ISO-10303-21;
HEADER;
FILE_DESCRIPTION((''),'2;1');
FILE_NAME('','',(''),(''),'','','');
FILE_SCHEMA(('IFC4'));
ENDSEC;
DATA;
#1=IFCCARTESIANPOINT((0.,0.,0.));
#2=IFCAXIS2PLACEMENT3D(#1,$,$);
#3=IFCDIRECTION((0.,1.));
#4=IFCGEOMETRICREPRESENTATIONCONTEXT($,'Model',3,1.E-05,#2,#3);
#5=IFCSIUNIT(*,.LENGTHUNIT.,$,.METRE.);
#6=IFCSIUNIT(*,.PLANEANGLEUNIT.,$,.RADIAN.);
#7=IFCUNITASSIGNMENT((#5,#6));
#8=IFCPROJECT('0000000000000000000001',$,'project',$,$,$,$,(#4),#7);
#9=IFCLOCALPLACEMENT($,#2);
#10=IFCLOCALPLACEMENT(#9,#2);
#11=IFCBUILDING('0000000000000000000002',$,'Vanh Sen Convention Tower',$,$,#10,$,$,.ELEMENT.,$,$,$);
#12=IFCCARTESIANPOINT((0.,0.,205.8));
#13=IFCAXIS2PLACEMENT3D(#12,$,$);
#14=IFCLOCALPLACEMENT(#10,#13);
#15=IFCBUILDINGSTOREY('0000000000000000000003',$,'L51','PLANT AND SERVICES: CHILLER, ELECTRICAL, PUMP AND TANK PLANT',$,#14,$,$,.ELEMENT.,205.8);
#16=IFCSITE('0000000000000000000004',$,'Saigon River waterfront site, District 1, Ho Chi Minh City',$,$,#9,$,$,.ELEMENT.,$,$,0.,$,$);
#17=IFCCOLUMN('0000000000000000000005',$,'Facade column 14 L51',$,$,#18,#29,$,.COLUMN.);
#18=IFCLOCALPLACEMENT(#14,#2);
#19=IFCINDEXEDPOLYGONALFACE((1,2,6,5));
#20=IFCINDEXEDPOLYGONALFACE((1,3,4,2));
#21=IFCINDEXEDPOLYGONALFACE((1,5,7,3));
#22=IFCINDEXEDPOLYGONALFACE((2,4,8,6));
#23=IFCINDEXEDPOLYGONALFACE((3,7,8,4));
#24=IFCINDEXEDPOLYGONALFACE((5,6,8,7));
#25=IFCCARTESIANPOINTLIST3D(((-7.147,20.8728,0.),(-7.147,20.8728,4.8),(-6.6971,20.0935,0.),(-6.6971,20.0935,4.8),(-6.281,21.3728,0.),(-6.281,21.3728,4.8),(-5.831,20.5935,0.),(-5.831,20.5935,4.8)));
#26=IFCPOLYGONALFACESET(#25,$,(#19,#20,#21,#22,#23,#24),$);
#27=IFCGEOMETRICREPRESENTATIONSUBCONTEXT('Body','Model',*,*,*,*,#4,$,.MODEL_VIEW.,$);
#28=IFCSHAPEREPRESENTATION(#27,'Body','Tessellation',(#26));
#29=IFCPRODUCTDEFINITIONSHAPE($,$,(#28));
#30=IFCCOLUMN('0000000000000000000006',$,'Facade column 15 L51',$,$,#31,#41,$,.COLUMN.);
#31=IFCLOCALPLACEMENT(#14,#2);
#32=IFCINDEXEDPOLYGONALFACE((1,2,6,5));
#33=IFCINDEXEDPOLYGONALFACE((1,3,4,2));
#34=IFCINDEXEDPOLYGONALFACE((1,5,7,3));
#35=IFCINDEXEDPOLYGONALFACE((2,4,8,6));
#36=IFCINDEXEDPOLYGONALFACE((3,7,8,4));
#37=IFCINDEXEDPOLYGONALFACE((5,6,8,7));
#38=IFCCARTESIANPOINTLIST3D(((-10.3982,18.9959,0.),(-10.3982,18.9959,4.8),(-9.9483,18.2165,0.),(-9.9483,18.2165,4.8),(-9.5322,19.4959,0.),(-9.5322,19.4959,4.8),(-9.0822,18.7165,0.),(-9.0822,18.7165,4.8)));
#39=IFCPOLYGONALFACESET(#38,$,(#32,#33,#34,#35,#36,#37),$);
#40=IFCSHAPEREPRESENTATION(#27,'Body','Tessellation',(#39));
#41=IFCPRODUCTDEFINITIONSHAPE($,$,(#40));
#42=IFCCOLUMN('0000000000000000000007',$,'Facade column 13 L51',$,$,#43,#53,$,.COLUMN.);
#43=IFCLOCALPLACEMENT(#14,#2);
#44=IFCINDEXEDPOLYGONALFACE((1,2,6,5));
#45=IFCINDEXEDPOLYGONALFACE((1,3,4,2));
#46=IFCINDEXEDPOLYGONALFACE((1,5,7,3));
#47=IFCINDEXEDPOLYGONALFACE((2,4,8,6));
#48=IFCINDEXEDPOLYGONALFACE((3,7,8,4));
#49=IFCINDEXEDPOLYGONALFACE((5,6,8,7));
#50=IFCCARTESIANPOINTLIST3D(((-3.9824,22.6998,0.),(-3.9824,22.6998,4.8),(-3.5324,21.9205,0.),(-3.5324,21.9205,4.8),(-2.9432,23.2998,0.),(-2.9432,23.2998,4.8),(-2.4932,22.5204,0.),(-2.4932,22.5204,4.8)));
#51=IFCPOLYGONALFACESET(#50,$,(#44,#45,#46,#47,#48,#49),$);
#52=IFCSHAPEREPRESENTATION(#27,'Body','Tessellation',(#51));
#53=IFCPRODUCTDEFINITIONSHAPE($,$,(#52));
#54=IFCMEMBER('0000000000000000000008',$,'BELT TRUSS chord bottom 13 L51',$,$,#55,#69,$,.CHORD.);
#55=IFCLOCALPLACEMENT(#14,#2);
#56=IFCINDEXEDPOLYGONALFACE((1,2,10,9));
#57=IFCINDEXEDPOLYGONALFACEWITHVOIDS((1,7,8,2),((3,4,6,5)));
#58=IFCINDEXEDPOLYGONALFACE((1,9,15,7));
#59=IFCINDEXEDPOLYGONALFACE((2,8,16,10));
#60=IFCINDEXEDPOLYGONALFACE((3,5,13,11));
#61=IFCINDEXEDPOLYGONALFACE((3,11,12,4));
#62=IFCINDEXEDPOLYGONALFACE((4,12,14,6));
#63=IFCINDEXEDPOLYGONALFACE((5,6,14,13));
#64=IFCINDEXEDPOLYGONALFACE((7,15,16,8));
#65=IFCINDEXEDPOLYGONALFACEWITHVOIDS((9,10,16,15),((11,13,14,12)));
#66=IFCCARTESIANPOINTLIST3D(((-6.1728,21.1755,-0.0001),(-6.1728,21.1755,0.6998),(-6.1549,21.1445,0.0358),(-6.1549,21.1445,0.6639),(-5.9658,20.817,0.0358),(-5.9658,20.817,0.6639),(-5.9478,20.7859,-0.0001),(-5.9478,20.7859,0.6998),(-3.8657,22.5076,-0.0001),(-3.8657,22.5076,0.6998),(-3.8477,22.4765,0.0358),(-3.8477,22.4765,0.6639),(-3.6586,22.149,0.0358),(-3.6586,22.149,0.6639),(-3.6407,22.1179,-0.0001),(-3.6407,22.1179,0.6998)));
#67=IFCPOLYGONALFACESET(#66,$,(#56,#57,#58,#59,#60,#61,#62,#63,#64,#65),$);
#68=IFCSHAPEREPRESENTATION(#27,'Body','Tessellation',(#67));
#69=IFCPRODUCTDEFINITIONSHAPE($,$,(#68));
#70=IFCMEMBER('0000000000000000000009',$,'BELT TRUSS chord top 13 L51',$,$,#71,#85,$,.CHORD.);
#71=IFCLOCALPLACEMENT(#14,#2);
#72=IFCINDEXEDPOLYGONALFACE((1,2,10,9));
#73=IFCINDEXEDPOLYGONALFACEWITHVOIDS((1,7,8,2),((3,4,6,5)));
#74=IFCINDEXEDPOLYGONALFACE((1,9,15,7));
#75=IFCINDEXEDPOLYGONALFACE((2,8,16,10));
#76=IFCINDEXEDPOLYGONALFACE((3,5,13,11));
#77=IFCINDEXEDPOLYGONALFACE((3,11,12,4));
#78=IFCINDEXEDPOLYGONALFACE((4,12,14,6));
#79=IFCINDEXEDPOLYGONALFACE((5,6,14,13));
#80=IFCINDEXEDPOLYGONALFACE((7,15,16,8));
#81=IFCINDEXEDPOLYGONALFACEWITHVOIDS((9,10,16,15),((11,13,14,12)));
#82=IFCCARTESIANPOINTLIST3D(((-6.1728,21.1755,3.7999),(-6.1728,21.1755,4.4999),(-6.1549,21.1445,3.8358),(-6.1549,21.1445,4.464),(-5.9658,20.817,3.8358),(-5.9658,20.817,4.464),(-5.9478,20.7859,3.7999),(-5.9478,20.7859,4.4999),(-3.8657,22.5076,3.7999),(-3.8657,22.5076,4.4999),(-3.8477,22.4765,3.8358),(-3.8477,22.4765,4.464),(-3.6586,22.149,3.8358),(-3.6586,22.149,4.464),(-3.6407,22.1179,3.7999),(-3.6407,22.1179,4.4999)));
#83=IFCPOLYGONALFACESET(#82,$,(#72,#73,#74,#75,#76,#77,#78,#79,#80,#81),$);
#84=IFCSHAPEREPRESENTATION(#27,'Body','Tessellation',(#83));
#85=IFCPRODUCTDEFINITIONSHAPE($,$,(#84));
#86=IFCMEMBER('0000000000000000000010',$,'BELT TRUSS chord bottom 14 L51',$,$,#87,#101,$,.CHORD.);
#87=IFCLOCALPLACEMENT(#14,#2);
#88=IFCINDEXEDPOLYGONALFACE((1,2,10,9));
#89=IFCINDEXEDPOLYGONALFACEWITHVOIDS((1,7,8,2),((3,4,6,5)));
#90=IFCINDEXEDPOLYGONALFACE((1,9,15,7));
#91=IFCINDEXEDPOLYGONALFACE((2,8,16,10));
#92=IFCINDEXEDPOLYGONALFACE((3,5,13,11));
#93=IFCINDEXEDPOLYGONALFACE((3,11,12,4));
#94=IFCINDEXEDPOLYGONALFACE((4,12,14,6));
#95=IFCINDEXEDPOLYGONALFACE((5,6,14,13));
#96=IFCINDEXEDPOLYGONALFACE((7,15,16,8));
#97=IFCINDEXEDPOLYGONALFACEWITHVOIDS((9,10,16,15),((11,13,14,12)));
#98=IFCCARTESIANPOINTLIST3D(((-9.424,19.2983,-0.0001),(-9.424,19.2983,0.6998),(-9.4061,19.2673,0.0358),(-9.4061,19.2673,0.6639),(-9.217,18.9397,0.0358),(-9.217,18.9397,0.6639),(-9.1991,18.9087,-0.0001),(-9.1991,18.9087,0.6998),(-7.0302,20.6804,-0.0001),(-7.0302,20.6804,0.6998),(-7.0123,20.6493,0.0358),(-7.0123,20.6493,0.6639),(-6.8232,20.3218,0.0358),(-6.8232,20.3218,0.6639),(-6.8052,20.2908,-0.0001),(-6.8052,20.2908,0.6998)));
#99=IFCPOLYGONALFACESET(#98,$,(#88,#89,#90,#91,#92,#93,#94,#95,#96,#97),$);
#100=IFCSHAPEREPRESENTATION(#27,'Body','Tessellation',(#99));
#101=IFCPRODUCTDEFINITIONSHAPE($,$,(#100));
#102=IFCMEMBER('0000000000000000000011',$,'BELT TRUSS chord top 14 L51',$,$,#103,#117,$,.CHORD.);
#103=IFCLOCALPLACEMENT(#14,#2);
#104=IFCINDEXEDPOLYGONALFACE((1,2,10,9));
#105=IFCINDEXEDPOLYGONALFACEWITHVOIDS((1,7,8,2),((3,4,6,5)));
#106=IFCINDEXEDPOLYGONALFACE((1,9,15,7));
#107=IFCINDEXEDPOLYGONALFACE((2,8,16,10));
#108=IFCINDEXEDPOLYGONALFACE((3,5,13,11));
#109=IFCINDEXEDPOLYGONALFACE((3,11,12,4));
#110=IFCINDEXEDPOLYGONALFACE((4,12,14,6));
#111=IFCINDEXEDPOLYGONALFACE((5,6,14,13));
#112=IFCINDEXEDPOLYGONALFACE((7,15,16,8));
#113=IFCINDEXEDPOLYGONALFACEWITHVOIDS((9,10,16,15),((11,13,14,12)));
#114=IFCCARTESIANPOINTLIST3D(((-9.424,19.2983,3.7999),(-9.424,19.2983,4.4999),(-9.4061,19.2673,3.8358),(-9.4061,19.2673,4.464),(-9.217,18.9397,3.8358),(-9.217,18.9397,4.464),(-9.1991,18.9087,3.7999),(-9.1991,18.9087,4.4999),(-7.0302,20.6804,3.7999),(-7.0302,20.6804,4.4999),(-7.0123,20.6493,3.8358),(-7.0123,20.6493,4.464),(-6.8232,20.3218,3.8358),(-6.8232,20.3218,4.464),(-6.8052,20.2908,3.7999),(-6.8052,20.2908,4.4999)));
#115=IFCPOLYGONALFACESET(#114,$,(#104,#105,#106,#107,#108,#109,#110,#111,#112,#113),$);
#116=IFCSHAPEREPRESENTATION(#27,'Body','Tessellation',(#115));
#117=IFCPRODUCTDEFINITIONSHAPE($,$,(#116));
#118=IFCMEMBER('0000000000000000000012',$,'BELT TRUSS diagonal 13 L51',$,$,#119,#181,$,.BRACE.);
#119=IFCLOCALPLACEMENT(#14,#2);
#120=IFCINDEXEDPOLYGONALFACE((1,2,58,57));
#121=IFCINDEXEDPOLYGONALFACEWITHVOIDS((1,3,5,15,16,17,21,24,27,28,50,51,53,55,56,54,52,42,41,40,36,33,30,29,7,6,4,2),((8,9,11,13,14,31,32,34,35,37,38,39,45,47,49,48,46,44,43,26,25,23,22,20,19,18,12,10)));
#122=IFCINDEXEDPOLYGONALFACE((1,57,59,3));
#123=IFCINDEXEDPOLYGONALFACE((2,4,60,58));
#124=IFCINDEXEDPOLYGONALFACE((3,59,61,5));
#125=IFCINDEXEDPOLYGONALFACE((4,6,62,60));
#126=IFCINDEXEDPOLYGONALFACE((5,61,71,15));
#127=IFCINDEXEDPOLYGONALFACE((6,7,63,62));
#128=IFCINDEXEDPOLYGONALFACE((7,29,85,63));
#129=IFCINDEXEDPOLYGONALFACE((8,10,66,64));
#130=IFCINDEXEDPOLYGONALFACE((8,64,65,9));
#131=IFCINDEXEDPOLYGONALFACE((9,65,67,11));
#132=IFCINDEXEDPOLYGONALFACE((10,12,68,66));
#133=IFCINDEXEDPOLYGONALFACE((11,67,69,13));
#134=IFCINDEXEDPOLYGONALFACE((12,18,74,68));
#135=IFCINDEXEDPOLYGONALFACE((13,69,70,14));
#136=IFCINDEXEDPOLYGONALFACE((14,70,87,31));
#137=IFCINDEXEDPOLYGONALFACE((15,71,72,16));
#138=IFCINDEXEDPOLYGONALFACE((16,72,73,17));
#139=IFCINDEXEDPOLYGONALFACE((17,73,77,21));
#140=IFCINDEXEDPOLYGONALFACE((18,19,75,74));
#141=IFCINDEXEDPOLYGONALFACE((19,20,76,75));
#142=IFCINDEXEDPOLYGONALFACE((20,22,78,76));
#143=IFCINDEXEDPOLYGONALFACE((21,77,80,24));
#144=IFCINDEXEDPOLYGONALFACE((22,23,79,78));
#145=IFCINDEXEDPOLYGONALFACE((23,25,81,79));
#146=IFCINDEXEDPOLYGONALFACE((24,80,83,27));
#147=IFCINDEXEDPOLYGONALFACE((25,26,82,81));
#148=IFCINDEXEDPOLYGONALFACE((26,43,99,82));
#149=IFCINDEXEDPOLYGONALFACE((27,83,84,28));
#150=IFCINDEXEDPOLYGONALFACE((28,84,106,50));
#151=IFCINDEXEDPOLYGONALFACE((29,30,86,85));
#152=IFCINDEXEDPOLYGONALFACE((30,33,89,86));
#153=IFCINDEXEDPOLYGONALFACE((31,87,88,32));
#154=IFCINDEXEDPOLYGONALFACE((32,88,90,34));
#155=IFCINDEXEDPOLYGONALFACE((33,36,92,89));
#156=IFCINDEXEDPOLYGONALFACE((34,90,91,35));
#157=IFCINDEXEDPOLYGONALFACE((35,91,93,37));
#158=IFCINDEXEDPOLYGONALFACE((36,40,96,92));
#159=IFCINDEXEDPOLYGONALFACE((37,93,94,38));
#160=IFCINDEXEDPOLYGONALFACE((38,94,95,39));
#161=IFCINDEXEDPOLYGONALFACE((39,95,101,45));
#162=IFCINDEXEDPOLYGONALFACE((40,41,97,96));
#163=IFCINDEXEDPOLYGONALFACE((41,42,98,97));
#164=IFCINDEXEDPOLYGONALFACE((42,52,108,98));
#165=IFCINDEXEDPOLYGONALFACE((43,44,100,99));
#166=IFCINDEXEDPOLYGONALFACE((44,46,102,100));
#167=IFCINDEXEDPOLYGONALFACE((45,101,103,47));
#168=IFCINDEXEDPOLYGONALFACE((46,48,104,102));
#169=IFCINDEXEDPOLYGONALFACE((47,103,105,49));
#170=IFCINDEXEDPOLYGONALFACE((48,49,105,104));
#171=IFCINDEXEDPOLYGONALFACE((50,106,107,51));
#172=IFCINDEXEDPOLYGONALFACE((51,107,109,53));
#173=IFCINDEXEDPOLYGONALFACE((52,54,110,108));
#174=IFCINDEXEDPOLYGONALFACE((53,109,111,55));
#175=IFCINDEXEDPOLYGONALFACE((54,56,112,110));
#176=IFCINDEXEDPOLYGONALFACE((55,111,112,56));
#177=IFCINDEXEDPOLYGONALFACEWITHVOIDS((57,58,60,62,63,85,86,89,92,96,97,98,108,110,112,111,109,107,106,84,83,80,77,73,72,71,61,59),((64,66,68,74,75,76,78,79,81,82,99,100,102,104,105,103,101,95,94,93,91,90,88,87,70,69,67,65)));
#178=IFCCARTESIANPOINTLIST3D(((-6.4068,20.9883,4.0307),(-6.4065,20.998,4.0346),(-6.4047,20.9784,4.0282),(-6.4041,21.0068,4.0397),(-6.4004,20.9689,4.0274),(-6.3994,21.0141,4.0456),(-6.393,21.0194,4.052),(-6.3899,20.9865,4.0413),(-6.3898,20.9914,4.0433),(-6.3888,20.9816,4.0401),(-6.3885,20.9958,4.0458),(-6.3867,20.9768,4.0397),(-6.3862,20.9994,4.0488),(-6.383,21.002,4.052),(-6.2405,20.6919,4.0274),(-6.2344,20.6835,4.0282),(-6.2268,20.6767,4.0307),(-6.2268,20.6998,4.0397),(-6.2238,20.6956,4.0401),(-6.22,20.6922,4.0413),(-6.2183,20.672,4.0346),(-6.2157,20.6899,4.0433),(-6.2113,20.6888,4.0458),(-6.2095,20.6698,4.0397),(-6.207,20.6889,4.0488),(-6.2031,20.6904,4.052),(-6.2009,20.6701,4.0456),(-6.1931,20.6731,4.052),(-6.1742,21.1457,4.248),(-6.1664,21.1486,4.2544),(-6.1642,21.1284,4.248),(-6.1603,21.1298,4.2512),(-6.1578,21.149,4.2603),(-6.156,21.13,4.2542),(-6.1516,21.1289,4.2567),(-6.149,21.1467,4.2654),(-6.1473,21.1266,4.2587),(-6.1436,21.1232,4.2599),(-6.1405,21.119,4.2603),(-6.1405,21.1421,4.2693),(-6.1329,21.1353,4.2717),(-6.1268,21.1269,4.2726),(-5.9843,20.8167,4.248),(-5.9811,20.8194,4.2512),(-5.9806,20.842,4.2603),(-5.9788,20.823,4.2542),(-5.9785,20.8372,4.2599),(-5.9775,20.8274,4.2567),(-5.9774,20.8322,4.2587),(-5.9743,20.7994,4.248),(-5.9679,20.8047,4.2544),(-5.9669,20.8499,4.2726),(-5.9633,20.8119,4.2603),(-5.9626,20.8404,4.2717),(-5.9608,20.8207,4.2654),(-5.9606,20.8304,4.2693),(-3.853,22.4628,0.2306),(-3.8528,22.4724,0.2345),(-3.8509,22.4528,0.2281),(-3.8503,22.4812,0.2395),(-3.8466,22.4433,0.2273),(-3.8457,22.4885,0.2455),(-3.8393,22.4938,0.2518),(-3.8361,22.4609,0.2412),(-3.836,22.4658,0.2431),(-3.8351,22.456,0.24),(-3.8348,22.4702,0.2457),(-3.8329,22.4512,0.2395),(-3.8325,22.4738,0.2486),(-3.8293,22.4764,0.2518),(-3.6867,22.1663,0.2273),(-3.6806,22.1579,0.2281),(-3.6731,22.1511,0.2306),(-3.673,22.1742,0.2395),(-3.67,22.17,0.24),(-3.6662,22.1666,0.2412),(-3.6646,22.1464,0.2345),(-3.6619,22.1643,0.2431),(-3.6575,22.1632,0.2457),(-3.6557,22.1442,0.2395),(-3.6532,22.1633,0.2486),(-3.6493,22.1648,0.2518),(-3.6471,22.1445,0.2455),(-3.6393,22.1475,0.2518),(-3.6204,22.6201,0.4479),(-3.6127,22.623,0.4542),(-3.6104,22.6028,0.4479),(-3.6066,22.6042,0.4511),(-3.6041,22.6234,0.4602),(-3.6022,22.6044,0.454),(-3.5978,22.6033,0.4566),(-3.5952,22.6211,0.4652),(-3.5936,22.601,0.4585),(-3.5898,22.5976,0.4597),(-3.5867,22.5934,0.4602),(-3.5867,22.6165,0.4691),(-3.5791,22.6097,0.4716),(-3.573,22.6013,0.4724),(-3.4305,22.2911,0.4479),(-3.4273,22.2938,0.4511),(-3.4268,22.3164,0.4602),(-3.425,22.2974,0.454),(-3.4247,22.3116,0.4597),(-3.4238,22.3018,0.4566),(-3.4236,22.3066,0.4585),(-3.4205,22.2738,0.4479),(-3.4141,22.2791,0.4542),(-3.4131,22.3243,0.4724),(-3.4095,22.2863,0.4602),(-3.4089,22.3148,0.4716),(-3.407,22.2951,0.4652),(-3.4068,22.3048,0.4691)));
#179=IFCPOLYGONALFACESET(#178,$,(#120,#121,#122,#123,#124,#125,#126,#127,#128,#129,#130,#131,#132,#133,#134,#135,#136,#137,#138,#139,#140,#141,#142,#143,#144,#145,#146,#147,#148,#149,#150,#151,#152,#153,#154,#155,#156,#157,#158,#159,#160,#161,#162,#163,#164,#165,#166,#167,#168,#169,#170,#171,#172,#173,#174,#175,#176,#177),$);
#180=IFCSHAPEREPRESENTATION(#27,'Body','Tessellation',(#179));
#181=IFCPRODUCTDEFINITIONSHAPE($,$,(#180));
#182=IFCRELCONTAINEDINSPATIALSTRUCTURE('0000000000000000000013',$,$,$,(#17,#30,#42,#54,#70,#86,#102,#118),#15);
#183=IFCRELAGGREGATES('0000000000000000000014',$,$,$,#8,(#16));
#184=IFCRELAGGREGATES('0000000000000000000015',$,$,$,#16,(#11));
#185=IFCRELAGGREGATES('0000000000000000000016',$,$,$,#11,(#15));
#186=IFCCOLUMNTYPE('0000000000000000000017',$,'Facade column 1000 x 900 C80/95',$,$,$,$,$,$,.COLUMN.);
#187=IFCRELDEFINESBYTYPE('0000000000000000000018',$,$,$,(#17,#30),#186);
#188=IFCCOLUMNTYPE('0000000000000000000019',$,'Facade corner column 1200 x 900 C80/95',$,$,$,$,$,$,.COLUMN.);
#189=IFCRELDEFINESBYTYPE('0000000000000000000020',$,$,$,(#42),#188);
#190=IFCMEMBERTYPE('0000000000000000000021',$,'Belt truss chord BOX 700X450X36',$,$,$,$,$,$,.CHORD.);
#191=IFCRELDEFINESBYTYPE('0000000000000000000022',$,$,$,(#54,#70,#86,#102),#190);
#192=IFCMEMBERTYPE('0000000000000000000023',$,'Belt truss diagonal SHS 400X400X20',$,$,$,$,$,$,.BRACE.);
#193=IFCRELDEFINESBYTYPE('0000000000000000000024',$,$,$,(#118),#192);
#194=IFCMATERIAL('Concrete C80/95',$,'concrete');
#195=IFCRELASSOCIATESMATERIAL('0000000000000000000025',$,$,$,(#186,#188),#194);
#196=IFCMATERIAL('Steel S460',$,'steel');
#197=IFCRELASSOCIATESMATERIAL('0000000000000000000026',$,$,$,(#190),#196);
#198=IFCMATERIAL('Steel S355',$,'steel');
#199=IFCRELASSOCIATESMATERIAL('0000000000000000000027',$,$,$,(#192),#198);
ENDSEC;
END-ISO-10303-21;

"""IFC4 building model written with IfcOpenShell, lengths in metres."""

from ifc_helpers import new_model, si_unit, direction, frame, origin, origin_2d, place, context, subcontext, project, spatial, rectangle, hollow_rectangle, extrude, material, material_profile, profile_set, type_object, element, save


model = new_model("IFC4")

# Units and contexts
model_context = context("Model", 3, precision=1e-05, world=origin(), true_north=direction((0.0, 1.0)))
body_context = subcontext(model_context, "Body", "Model", "MODEL_VIEW")
ifc_project = project(units=[si_unit("LENGTHUNIT", "METRE"), si_unit("PLANEANGLEUNIT", "RADIAN")], contexts=[model_context])

# Site, building, storey
site_placement = place(None, origin())
site = spatial("IfcSite", under=ifc_project, at=site_placement, Name="Saigon River waterfront site, District 1, Ho Chi Minh City", CompositionType="ELEMENT", RefElevation=0.0)
building_placement = place(site_placement, origin())
building = spatial("IfcBuilding", under=site, at=building_placement, Name="Vanh Sen Convention Tower", CompositionType="ELEMENT")
storey_placement = place(building_placement, frame((0.0, 0.0, 205.8)))
storey = spatial("IfcBuildingStorey", under=building, at=storey_placement, Name="L51", Description="PLANT AND SERVICES: CHILLER, ELECTRICAL, PUMP AND TANK PLANT", CompositionType="ELEMENT", Elevation=205.8)

# Columns
ifc_material_1 = material(Name="Concrete C80/95", Category="concrete")
ifc_material_profile_1 = material_profile(ifc_material_1, rectangle(XDim=1.0, YDim=0.8999, at=origin_2d()), Name="RC 1000X900")
ifc_profile_set_1 = profile_set([ifc_material_profile_1], Name="Concrete C80/95")
column_type_1 = type_object("IfcColumnType", Name="Facade column 1000 x 900 C80/95", PredefinedType="COLUMN", material=ifc_profile_set_1)
for number, where, z_axis, x_axis, name in (
    (1, (-6.489, 20.7332, 0.0), (0.0, 0.0, 1.0), (-0.866025, -0.5, 0.0), "Facade column 14 L51"),
    (2, (-9.7402, 18.8562, 0.0), (0.0, 0.0, 1.0), (-0.866025, -0.5, 0.0), "Facade column 15 L51"),
):
    element("IfcColumn", number, at=place(storey_placement, frame(where, z_axis=z_axis, x_axis=x_axis)), inside=storey, type_object=column_type_1, Name=name, PredefinedType="COLUMN", context=body_context, shape_type="SweptSolid", body=[
        extrude(rectangle(XDim=1.0, YDim=0.8999, at=origin_2d()), origin(), (0.0, 0.0, 1.0), 4.8),
    ])
ifc_material_profile_2 = material_profile(ifc_material_1, rectangle(XDim=1.2, YDim=0.8999, at=origin_2d()), Name="RC 1200X900")
ifc_profile_set_2 = profile_set([ifc_material_profile_2], Name="Concrete C80/95")
column_type_2 = type_object("IfcColumnType", Name="Facade corner column 1200 x 900 C80/95", PredefinedType="COLUMN", material=ifc_profile_set_2)
column_placement = place(storey_placement, frame((-3.2378, 22.6101, 0.0), z_axis=(0.0, 0.0, 1.0), x_axis=(-0.866025, -0.5, 0.0)))
element("IfcColumn", 3, at=column_placement, inside=storey, type_object=column_type_2, Name="Facade column 13 L51", PredefinedType="COLUMN", context=body_context, shape_type="SweptSolid", body=[
    extrude(rectangle(XDim=1.2, YDim=0.8999, at=origin_2d()), origin(), (0.0, 0.0, 1.0), 4.8),
])

# Members
ifc_material_2 = material(Name="Steel S460", Category="steel")
ifc_material_profile_3 = material_profile(ifc_material_2, hollow_rectangle(XDim=0.45, YDim=0.7, WallThickness=0.0359, at=origin_2d()), Name="BOX 700X450X36")
ifc_profile_set_3 = profile_set([ifc_material_profile_3], Name="Steel S460")
member_type_1 = type_object("IfcMemberType", Name="Belt truss chord BOX 700X450X36", PredefinedType="CHORD", material=ifc_profile_set_3)
for number, where, z_axis, x_axis, name in (
    (4, (-3.7532, 22.3127, 0.3499), (-0.866024, -0.500003, 0.0), (0.500003, -0.866024, 0.0), "BELT TRUSS chord bottom 13 L51"),
    (5, (-3.7532, 22.3127, 4.1499), (-0.866024, -0.500003, 0.0), (0.500003, -0.866024, 0.0), "BELT TRUSS chord top 13 L51"),
):
    element("IfcMember", number, at=place(storey_placement, frame(where, z_axis=z_axis, x_axis=x_axis)), inside=storey, type_object=member_type_1, Name=name, PredefinedType="CHORD", context=body_context, shape_type="SweptSolid", body=[
        extrude(hollow_rectangle(XDim=0.45, YDim=0.7, WallThickness=0.0359, at=origin_2d()), origin(), (0.0, 0.0, 1.0), 2.6641),
    ])
for number, where, z_axis, x_axis, name in (
    (6, (-6.9177, 20.4856, 0.3499), (-0.866022, -0.500005, 0.0), (0.500005, -0.866022, 0.0), "BELT TRUSS chord bottom 14 L51"),
    (7, (-6.9177, 20.4856, 4.1499), (-0.866022, -0.500005, 0.0), (0.500005, -0.866022, 0.0), "BELT TRUSS chord top 14 L51"),
):
    element("IfcMember", number, at=place(storey_placement, frame(where, z_axis=z_axis, x_axis=x_axis)), inside=storey, type_object=member_type_1, Name=name, PredefinedType="CHORD", context=body_context, shape_type="SweptSolid", body=[
        extrude(hollow_rectangle(XDim=0.45, YDim=0.7, WallThickness=0.0359, at=origin_2d()), origin(), (0.0, 0.0, 1.0), 2.7642),
    ])
ifc_material_3 = material(Name="Steel S355", Category="steel")
ifc_material_profile_4 = material_profile(ifc_material_3, hollow_rectangle(XDim=0.3999, YDim=0.3999, WallThickness=0.02, InnerFilletRadius=0.02, OuterFilletRadius=0.04, at=origin_2d()), Name="SHS 400X400X20")
ifc_profile_set_4 = profile_set([ifc_material_profile_4], Name="Steel S355")
member_type_2 = type_object("IfcMemberType", Name="Belt truss diagonal SHS 400X400X20", PredefinedType="BRACE", material=ifc_profile_set_4)
member_1_placement = place(storey_placement, frame((-3.6299, 22.3838, 0.3499), z_axis=(-0.530923, -0.306524, 0.79004), x_axis=(0.499995, -0.866028, 0.0)))
element("IfcMember", 8, at=member_1_placement, inside=storey, type_object=member_type_2, Name="BELT TRUSS diagonal 13 L51", PredefinedType="BRACE", context=body_context, shape_type="SweptSolid", body=[
    extrude(hollow_rectangle(XDim=0.3999, YDim=0.3999, WallThickness=0.02, InnerFilletRadius=0.02, OuterFilletRadius=0.04, at=origin_2d()), origin(), (0.0, 0.0, 1.0), 4.8101),
])

save(model, "model.ifc")
